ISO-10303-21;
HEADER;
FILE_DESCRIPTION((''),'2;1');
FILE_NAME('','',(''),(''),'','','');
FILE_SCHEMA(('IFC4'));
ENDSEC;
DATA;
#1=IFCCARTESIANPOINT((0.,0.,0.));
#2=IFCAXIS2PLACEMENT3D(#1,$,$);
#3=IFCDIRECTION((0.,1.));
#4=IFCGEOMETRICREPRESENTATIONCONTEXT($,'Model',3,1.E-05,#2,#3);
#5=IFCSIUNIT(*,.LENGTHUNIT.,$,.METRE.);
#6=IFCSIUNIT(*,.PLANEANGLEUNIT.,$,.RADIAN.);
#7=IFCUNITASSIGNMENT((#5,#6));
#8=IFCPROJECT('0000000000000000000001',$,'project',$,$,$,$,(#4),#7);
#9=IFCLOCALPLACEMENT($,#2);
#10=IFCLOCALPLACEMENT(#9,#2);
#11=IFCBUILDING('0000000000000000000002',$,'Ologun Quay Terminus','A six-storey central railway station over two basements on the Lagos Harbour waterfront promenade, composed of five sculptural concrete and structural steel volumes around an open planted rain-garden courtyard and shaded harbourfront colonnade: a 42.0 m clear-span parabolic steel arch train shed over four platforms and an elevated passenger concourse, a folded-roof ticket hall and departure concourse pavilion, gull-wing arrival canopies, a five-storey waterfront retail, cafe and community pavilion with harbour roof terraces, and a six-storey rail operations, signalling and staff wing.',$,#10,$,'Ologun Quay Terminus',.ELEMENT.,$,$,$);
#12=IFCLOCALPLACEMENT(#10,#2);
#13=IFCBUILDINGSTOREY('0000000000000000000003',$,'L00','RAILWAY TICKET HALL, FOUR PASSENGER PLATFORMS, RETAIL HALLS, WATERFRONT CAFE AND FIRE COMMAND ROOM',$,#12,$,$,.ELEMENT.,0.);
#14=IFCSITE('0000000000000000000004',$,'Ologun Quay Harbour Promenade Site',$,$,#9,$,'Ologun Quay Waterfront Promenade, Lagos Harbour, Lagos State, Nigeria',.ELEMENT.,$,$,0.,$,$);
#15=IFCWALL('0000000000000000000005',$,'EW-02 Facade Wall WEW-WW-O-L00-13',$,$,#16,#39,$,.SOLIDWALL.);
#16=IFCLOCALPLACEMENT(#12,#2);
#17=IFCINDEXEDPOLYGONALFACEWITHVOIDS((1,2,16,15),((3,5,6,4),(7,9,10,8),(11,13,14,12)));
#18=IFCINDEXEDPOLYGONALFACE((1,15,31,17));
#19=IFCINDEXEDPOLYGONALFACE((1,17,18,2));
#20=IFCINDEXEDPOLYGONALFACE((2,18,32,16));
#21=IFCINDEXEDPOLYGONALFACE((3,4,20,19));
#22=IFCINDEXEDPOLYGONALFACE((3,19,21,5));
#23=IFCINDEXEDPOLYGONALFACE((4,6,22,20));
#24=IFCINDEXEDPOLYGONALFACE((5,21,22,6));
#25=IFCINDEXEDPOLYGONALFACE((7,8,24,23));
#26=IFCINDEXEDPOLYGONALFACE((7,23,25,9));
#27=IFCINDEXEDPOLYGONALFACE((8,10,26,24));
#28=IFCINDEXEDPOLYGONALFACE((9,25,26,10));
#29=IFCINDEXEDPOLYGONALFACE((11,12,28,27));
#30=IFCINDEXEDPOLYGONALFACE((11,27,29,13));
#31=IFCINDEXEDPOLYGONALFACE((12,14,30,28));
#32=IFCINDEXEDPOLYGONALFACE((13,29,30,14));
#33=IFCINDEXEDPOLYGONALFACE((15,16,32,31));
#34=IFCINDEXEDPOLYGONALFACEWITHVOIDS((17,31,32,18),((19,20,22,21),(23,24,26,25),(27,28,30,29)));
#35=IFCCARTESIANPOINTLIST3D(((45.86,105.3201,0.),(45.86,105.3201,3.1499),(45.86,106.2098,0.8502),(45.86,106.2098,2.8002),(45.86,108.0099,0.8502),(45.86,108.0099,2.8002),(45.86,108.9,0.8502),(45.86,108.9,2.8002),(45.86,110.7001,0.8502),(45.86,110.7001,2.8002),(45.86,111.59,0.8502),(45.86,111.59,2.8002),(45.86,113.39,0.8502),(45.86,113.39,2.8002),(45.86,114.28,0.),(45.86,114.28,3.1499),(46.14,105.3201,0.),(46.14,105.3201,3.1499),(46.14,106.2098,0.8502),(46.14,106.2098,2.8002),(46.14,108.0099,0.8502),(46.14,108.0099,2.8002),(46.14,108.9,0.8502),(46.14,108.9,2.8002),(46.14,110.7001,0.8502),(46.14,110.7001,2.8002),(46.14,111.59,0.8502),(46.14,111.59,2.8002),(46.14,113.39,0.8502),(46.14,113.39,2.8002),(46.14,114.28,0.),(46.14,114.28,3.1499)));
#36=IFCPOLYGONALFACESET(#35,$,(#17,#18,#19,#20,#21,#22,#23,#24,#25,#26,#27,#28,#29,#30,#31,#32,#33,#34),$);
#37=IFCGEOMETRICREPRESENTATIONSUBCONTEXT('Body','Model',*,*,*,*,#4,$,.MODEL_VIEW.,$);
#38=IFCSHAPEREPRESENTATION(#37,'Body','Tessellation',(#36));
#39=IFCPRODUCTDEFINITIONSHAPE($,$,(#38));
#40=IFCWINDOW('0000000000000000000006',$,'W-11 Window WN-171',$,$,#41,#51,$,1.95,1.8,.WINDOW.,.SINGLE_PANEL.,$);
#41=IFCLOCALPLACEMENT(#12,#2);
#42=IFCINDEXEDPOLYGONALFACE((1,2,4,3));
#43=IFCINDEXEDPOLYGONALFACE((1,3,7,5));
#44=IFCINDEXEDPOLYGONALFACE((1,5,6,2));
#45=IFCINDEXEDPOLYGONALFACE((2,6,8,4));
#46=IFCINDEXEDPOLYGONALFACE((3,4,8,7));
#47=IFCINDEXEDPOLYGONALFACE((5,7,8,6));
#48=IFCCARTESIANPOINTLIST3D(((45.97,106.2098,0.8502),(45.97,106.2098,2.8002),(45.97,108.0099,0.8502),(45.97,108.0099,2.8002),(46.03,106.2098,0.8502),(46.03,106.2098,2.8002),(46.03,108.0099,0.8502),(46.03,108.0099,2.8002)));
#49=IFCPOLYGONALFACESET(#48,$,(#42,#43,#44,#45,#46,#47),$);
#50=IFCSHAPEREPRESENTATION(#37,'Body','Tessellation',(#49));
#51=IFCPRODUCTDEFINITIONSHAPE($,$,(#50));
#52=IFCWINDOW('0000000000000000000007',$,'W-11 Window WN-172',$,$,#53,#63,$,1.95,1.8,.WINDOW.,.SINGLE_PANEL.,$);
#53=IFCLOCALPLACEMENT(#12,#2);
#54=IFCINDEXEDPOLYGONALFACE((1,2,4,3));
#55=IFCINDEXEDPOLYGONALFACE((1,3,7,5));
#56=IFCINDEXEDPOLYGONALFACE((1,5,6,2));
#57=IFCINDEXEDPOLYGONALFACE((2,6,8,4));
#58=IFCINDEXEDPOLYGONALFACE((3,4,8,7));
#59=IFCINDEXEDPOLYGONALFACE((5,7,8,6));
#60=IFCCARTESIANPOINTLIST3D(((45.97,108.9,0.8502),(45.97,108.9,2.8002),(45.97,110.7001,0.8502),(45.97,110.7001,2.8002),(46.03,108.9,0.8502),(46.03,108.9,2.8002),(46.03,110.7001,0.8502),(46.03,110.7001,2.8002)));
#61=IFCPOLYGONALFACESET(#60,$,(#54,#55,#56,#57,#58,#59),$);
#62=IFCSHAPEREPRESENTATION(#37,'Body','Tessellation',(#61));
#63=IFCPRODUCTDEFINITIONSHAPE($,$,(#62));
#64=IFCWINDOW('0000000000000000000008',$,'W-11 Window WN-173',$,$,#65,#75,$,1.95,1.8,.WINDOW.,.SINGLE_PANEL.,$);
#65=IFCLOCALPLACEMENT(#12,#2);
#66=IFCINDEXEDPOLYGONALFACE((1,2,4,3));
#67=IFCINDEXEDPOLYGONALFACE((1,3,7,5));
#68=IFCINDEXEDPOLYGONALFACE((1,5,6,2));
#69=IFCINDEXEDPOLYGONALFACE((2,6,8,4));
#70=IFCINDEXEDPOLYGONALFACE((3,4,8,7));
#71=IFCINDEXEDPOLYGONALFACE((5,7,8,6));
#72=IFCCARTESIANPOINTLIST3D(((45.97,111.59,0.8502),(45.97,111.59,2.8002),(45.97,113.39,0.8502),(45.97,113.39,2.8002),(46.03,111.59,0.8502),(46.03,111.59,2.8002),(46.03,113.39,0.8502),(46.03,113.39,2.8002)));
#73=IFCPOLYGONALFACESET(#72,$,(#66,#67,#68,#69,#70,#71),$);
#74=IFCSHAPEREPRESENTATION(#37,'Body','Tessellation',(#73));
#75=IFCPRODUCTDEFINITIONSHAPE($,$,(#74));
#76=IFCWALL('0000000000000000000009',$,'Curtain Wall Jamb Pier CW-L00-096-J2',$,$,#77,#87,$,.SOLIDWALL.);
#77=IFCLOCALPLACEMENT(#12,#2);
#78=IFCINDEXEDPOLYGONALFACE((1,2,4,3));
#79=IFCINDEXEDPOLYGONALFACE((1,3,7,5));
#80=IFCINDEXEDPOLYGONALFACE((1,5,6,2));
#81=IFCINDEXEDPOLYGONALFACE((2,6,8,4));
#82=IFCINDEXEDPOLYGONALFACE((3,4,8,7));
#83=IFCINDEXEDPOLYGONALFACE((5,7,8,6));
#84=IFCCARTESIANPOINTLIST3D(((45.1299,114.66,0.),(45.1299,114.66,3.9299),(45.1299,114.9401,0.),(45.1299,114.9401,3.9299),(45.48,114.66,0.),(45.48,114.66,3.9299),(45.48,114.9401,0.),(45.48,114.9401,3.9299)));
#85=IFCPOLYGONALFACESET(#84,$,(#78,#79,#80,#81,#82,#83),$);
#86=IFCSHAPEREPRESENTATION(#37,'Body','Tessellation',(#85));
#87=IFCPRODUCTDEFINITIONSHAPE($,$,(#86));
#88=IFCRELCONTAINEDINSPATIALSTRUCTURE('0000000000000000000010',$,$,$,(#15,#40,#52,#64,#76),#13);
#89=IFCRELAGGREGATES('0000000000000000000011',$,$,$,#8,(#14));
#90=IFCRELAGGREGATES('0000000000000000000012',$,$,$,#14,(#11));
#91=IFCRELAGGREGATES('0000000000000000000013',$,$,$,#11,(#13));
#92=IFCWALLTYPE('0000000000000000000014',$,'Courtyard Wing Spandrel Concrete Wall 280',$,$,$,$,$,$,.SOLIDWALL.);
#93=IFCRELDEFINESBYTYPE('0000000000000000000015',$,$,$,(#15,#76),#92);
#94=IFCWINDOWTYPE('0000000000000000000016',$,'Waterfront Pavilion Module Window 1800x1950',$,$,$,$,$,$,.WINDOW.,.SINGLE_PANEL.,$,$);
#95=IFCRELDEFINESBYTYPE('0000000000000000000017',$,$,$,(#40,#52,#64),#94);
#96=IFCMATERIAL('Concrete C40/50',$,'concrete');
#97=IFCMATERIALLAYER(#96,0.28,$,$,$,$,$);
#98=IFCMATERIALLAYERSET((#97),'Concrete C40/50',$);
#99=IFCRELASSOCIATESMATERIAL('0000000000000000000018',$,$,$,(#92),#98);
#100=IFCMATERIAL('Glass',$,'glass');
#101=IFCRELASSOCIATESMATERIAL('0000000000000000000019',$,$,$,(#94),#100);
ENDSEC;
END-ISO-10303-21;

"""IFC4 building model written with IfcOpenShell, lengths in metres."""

from ifc_helpers import new_model, si_unit, direction, frame, frame_2d, origin, place, context, subcontext, project, spatial, rectangle, extrude, material, layer, layer_set, type_object, element, fill, save


model = new_model("IFC4")

# Units and contexts
model_context = context("Model", 3, precision=1e-05, world=origin(), true_north=direction((0.0, 1.0)))
body_context = subcontext(model_context, "Body", "Model", "MODEL_VIEW")
ifc_project = project(units=[si_unit("LENGTHUNIT", "METRE"), si_unit("PLANEANGLEUNIT", "RADIAN")], contexts=[model_context])

# Site, building, storey
site_placement = place(None, origin())
site = spatial("IfcSite", under=ifc_project, at=site_placement, Name="Ologun Quay Harbour Promenade Site", LongName="Ologun Quay Waterfront Promenade, Lagos Harbour, Lagos State, Nigeria", CompositionType="ELEMENT", RefElevation=0.0)
building_placement = place(site_placement, origin())
building = spatial("IfcBuilding", under=site, at=building_placement, Name="Ologun Quay Terminus", Description="A six-storey central railway station over two basements on the Lagos Harbour waterfront promenade, composed of five sculptural concrete and structural steel volumes around an open planted rain-garden courtyard and shaded harbourfront colonnade: a 42.0 m clear-span parabolic steel arch train shed over four platforms and an elevated passenger concourse, a folded-roof ticket hall and departure concourse pavilion, gull-wing arrival canopies, a five-storey waterfront retail, cafe and community pavilion with harbour roof terraces, and a six-storey rail operations, signalling and staff wing.", LongName="Ologun Quay Terminus", CompositionType="ELEMENT")
storey_placement = place(building_placement, origin())
storey = spatial("IfcBuildingStorey", under=building, at=storey_placement, Name="L00", Description="RAILWAY TICKET HALL, FOUR PASSENGER PLATFORMS, RETAIL HALLS, WATERFRONT CAFE AND FIRE COMMAND ROOM", CompositionType="ELEMENT", Elevation=0.0)

# Wall, openings, windows
ifc_material_1 = material(Name="Concrete C40/50", Category="concrete")
ifc_layer_1 = layer(ifc_material_1, 0.28)
ifc_layer_set_1 = layer_set([ifc_layer_1], Name="Concrete C40/50")
wall_type = type_object("IfcWallType", Name="Courtyard Wing Spandrel Concrete Wall 280", PredefinedType="SOLIDWALL", material=ifc_layer_set_1)
wall_1_placement = place(storey_placement, frame((46.0, 105.3201, 0.0), z_axis=(0.0, 0.0, 1.0), x_axis=(0.0, 1.0, 0.0)))
wall_1 = element("IfcWall", 1, at=wall_1_placement, inside=storey, type_object=wall_type, Name="EW-02 Facade Wall WEW-WW-O-L00-13", PredefinedType="SOLIDWALL", context=body_context, shape_type="SweptSolid", body=[
    extrude(rectangle(XDim=8.96, YDim=0.28, at=frame_2d((4.48, 0.0))), origin(), (0.0, 0.0, 1.0), 3.1499),
])
opening_1_placement = place(wall_1_placement, frame((0.8899, 0.0, 0.8501)))
opening_1 = element("IfcOpeningElement", 2, at=opening_1_placement, cuts=wall_1, PredefinedType="OPENING", context=body_context, shape_type="SweptSolid", body=[
    extrude(rectangle(XDim=1.8, YDim=1.95, at=frame_2d((0.8999, 0.9751))), frame((0.0, 0.1499, 0.0), z_axis=(0.0, -1.0, 0.0), x_axis=(1.0, 0.0, 0.0)), (0.0, 0.0, 1.0), 0.3),
])
opening_2_placement = place(wall_1_placement, frame((3.5801, 0.0, 0.8501)))
opening_2 = element("IfcOpeningElement", 3, at=opening_2_placement, cuts=wall_1, PredefinedType="OPENING", context=body_context, shape_type="SweptSolid", body=[
    extrude(rectangle(XDim=1.8, YDim=1.95, at=frame_2d((0.8999, 0.9751))), frame((0.0, 0.1499, 0.0), z_axis=(0.0, -1.0, 0.0), x_axis=(1.0, 0.0, 0.0)), (0.0, 0.0, 1.0), 0.3),
])
opening_3_placement = place(wall_1_placement, frame((6.27, 0.0, 0.8501)))
opening_3 = element("IfcOpeningElement", 4, at=opening_3_placement, cuts=wall_1, PredefinedType="OPENING", context=body_context, shape_type="SweptSolid", body=[
    extrude(rectangle(XDim=1.8, YDim=1.95, at=frame_2d((0.8999, 0.9751))), frame((0.0, 0.1499, 0.0), z_axis=(0.0, -1.0, 0.0), x_axis=(1.0, 0.0, 0.0)), (0.0, 0.0, 1.0), 0.3),
])
ifc_material_2 = material(Name="Glass", Category="glass")
window_type = type_object("IfcWindowType", Name="Waterfront Pavilion Module Window 1800x1950", PartitioningType="SINGLE_PANEL", PredefinedType="WINDOW", material=ifc_material_2)
window_1_placement = place(opening_1_placement, origin())
window_1 = element("IfcWindow", 5, at=window_1_placement, inside=storey, type_object=window_type, Name="W-11 Window WN-171", OverallHeight=1.95, OverallWidth=1.8, PartitioningType="SINGLE_PANEL", PredefinedType="WINDOW", context=body_context, shape_type="SweptSolid", body=[
    extrude(rectangle(XDim=1.8, YDim=1.95, at=frame_2d((0.8999, 0.9751))), frame((0.0, 0.03, 0.0), z_axis=(0.0, -1.0, 0.0), x_axis=(1.0, 0.0, 0.0)), (0.0, 0.0, 1.0), 0.0601),
])
fill(opening_1, window_1)
window_2_placement = place(opening_2_placement, origin())
window_2 = element("IfcWindow", 6, at=window_2_placement, inside=storey, type_object=window_type, Name="W-11 Window WN-172", OverallHeight=1.95, OverallWidth=1.8, PartitioningType="SINGLE_PANEL", PredefinedType="WINDOW", context=body_context, shape_type="SweptSolid", body=[
    extrude(rectangle(XDim=1.8, YDim=1.95, at=frame_2d((0.8999, 0.9751))), frame((0.0, 0.03, 0.0), z_axis=(0.0, -1.0, 0.0), x_axis=(1.0, 0.0, 0.0)), (0.0, 0.0, 1.0), 0.0601),
])
fill(opening_2, window_2)
window_3_placement = place(opening_3_placement, origin())
window_3 = element("IfcWindow", 7, at=window_3_placement, inside=storey, type_object=window_type, Name="W-11 Window WN-173", OverallHeight=1.95, OverallWidth=1.8, PartitioningType="SINGLE_PANEL", PredefinedType="WINDOW", context=body_context, shape_type="SweptSolid", body=[
    extrude(rectangle(XDim=1.8, YDim=1.95, at=frame_2d((0.8999, 0.9751))), frame((0.0, 0.03, 0.0), z_axis=(0.0, -1.0, 0.0), x_axis=(1.0, 0.0, 0.0)), (0.0, 0.0, 1.0), 0.0601),
])
fill(opening_3, window_3)

# Wall
wall_2_placement = place(storey_placement, frame((45.1299, 114.8, 0.0), z_axis=(0.0, 0.0, 1.0), x_axis=(1.0, 0.0, 0.0)))
element("IfcWall", 8, at=wall_2_placement, inside=storey, type_object=wall_type, Name="Curtain Wall Jamb Pier CW-L00-096-J2", PredefinedType="SOLIDWALL", context=body_context, shape_type="SweptSolid", body=[
    extrude(rectangle(XDim=0.3501, YDim=0.28, at=frame_2d((0.175, 0.0))), origin(), (0.0, 0.0, 1.0), 3.9299),
])

save(model, "model.ifc")
